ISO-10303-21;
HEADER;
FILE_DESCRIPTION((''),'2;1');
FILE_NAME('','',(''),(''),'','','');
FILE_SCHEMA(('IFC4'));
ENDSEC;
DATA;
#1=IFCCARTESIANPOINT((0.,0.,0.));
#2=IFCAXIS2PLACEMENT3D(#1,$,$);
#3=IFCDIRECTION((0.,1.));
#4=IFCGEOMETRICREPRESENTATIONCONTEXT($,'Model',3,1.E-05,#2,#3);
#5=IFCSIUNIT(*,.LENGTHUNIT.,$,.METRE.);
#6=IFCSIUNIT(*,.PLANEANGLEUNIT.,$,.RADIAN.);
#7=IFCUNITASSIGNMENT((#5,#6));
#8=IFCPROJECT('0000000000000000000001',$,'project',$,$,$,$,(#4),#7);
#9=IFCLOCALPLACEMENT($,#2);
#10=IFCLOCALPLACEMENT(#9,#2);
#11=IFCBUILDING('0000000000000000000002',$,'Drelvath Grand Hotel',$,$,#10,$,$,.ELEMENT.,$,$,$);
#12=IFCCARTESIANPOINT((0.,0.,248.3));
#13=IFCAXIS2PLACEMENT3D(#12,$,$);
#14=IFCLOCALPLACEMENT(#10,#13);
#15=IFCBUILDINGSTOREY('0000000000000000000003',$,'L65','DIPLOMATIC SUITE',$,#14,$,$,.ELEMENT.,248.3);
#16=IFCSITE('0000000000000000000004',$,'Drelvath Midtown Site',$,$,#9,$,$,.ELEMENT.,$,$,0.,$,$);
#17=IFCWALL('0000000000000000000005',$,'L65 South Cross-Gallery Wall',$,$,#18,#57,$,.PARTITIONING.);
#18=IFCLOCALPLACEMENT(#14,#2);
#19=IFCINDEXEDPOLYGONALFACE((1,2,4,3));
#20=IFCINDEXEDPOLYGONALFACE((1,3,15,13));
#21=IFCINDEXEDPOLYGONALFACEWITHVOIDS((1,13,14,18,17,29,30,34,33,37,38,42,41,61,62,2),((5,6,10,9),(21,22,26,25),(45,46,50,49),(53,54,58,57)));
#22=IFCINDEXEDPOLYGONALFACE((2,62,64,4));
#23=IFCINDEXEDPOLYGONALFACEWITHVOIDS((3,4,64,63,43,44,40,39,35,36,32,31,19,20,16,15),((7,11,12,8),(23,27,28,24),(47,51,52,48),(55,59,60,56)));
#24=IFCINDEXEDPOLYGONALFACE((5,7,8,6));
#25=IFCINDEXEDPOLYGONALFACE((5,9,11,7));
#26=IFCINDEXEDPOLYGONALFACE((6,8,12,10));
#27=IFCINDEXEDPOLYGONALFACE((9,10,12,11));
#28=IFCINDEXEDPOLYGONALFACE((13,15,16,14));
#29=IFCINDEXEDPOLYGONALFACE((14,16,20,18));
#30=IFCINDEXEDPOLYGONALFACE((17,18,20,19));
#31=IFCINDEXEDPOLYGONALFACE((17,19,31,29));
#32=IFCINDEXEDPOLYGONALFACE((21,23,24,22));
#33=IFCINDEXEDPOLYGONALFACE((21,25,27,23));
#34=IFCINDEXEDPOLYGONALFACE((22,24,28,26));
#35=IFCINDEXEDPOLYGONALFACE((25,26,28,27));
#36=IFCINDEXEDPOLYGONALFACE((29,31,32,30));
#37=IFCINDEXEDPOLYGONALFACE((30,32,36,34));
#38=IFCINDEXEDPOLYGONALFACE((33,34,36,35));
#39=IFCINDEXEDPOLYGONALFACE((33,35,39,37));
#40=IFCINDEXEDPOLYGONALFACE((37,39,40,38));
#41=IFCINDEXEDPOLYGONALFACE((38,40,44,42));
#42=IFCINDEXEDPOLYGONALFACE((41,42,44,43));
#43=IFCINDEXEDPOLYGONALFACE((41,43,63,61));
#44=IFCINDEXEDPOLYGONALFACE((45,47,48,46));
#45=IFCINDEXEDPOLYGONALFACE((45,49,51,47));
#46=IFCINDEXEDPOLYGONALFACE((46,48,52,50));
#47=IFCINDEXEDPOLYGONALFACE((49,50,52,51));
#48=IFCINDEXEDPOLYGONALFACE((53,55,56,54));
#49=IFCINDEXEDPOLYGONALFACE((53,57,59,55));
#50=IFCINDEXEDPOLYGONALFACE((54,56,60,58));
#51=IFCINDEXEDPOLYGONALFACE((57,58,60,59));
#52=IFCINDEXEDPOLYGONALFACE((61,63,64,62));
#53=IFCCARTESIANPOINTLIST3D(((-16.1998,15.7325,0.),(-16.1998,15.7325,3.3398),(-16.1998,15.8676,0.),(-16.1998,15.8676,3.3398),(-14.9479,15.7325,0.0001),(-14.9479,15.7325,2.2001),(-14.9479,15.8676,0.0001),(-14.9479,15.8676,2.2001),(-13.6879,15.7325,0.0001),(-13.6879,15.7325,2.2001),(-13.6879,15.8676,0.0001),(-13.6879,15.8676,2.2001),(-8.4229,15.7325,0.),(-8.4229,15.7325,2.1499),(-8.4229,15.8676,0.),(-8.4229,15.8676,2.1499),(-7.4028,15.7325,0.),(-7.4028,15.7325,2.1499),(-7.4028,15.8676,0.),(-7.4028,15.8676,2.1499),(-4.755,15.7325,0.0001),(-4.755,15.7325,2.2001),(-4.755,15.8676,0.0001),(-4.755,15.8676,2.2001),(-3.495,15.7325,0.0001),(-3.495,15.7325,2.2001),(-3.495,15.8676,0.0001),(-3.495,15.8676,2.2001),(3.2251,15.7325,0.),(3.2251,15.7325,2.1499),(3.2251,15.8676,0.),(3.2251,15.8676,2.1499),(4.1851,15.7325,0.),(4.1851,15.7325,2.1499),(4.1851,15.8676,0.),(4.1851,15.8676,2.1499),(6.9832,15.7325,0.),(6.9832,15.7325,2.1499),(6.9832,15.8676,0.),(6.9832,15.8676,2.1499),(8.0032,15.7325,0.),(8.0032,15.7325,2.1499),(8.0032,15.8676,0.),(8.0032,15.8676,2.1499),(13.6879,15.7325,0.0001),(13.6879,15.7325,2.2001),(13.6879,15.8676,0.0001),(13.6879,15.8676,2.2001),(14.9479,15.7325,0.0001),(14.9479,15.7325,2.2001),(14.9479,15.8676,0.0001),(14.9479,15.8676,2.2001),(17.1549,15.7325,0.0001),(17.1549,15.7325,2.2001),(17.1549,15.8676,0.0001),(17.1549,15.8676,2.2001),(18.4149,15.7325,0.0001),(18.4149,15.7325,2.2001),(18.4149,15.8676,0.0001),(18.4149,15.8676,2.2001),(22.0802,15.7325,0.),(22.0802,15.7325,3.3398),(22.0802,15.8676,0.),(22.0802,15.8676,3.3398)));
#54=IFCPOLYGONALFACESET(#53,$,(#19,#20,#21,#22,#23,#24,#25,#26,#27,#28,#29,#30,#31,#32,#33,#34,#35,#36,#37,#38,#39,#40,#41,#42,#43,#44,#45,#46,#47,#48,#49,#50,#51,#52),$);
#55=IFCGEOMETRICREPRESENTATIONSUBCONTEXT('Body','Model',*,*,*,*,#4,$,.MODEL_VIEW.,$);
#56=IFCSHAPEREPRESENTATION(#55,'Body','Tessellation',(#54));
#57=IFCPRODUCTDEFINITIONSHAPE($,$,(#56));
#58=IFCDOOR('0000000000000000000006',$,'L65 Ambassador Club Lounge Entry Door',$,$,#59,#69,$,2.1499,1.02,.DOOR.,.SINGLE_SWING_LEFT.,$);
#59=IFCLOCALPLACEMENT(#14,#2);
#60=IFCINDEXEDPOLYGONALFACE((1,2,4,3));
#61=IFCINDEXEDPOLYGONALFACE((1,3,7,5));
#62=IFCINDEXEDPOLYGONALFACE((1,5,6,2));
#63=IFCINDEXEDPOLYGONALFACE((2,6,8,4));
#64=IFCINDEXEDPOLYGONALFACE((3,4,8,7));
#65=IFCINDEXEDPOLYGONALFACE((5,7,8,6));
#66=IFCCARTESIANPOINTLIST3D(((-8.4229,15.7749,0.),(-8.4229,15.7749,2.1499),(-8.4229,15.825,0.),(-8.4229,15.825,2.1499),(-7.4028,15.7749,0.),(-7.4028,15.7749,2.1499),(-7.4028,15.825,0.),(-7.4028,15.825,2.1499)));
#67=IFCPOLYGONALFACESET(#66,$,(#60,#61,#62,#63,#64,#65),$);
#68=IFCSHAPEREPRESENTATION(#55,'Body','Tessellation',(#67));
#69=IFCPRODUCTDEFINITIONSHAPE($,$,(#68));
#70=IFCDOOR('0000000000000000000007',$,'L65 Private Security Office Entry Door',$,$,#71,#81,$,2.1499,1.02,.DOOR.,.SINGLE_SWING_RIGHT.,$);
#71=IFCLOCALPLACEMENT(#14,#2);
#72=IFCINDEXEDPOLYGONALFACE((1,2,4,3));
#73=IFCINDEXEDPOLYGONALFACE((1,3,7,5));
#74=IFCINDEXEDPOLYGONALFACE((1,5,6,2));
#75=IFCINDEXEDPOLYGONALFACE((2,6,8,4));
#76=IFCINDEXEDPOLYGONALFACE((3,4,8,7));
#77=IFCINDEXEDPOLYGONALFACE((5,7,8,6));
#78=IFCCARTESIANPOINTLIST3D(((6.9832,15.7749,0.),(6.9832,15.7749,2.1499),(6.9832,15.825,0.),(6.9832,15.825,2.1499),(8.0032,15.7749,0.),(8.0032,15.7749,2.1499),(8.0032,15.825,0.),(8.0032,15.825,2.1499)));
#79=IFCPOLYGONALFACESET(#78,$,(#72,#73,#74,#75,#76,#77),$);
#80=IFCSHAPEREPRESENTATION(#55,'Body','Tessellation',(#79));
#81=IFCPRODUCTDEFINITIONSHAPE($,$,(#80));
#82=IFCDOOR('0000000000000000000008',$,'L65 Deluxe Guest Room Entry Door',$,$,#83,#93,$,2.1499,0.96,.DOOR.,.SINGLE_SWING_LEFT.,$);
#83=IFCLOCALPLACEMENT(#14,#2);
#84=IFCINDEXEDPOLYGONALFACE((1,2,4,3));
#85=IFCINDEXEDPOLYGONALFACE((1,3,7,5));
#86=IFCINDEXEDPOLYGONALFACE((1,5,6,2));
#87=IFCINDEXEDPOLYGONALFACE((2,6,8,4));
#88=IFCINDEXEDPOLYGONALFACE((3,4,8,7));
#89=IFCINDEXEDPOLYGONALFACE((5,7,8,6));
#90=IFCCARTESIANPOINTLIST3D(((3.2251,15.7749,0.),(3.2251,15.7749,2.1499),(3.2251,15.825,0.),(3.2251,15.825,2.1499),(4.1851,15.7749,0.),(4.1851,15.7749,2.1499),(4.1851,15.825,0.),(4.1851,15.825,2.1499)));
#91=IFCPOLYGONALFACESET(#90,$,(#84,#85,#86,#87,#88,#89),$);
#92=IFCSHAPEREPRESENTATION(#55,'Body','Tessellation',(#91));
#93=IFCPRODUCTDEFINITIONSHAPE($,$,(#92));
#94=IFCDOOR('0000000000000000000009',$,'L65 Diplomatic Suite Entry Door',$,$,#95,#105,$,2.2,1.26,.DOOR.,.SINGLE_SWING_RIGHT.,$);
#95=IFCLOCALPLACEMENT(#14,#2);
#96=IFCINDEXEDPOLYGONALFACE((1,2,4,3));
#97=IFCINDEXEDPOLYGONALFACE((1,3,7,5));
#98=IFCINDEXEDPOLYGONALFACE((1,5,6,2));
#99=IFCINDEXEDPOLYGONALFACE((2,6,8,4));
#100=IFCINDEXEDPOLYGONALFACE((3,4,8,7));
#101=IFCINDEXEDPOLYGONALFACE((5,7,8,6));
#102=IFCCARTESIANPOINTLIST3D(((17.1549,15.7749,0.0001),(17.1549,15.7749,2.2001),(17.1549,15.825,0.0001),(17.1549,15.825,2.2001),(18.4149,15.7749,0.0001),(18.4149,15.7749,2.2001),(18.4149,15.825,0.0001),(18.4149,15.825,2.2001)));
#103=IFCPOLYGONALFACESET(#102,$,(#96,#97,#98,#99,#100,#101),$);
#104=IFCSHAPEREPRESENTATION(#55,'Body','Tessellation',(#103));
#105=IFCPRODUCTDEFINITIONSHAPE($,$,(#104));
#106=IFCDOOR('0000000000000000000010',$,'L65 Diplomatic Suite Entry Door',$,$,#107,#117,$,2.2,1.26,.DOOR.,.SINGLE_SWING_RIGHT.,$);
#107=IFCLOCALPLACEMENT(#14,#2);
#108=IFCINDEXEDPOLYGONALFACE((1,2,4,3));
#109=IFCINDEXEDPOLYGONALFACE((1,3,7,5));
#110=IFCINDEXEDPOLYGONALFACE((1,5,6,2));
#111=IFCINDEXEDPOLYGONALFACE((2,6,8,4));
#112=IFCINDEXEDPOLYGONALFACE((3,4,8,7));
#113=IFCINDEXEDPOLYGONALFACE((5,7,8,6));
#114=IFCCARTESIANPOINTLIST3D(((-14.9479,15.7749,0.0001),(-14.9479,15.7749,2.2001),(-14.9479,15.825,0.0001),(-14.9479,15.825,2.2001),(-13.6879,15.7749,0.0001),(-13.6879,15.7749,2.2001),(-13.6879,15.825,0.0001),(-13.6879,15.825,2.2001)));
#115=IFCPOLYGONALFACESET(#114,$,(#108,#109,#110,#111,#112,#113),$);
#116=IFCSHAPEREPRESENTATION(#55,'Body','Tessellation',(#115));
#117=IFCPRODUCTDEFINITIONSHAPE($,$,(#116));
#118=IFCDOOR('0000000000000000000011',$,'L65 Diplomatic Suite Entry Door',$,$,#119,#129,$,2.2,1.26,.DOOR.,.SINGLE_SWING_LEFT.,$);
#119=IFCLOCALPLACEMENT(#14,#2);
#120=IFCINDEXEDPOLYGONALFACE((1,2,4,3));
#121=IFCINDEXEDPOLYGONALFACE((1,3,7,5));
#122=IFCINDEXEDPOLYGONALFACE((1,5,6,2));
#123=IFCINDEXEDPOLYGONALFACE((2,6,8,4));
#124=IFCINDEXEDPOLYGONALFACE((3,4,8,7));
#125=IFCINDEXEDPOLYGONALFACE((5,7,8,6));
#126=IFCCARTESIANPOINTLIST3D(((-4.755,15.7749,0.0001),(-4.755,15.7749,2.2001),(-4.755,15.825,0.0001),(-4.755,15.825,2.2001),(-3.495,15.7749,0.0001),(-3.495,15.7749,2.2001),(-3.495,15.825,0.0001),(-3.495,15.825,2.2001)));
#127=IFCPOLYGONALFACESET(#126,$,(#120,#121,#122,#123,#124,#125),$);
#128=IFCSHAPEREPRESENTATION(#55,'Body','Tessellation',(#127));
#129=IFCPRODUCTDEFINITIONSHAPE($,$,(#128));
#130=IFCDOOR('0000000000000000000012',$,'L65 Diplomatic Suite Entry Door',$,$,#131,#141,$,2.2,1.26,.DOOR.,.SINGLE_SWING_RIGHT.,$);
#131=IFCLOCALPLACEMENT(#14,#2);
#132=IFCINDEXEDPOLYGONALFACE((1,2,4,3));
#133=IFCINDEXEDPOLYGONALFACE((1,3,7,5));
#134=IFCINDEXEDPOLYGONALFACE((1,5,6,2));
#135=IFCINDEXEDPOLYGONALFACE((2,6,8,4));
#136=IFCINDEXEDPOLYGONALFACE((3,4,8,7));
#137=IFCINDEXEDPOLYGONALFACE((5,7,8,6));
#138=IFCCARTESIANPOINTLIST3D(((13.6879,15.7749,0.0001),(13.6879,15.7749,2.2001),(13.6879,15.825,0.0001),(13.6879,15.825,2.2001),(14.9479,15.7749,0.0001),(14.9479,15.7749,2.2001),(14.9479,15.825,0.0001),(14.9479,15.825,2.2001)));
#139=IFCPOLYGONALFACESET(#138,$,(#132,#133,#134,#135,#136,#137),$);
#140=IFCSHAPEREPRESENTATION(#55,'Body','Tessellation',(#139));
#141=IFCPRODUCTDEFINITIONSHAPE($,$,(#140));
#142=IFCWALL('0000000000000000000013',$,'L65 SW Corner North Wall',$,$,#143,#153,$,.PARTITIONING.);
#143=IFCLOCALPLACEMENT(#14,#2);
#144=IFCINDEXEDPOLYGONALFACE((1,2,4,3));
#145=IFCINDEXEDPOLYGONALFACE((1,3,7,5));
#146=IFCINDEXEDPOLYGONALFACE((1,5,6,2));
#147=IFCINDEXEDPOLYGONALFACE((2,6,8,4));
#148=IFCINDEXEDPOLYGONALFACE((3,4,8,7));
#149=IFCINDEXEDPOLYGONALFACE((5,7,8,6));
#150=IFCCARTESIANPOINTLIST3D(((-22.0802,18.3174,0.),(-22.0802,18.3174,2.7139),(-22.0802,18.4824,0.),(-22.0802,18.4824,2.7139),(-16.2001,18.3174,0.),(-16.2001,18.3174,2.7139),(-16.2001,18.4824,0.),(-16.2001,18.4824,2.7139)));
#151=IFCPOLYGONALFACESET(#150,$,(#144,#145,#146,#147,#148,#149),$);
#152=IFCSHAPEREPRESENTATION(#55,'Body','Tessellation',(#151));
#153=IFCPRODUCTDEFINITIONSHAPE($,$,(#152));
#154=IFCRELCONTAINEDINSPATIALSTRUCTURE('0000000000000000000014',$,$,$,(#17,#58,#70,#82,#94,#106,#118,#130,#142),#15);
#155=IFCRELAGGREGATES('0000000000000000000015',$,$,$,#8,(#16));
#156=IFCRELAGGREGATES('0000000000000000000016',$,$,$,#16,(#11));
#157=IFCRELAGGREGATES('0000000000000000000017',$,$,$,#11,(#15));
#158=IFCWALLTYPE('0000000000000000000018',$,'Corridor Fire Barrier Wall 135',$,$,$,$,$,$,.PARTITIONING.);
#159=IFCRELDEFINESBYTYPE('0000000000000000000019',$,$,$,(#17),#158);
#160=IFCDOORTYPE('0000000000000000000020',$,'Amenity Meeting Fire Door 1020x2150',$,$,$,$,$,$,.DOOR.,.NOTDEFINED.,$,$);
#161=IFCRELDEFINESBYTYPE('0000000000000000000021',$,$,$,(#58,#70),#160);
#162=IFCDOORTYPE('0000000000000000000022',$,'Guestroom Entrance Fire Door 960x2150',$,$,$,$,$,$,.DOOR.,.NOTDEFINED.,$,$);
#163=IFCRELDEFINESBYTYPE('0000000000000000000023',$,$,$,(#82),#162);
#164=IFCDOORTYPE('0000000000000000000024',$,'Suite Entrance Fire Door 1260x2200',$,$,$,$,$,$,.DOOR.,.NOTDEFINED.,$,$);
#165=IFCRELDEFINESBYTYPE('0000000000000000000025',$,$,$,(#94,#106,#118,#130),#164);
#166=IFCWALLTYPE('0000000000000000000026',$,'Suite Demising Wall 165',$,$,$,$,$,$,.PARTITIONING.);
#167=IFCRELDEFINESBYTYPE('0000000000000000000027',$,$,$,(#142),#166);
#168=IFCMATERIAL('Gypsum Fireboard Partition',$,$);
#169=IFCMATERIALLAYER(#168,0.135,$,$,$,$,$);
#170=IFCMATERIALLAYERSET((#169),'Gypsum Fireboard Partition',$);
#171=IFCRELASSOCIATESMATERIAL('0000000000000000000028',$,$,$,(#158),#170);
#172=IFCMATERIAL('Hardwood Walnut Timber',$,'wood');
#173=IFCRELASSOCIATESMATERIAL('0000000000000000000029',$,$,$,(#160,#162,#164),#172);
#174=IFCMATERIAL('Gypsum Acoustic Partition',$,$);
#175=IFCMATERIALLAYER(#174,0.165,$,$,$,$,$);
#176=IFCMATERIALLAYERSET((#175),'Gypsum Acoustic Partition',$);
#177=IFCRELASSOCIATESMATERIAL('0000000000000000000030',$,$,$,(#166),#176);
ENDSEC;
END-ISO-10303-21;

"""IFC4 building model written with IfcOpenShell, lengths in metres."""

from ifc_helpers import new_model, si_unit, direction, frame, frame_2d, origin, place, context, subcontext, project, spatial, rectangle, extrude, material, layer, layer_set, type_object, element, fill, save


model = new_model("IFC4")

# Units and contexts
model_context = context("Model", 3, precision=1e-05, world=origin(), true_north=direction((0.0, 1.0)))
body_context = subcontext(model_context, "Body", "Model", "MODEL_VIEW")
ifc_project = project(units=[si_unit("LENGTHUNIT", "METRE"), si_unit("PLANEANGLEUNIT", "RADIAN")], contexts=[model_context])

# Site, building, storey
site_placement = place(None, origin())
site = spatial("IfcSite", under=ifc_project, at=site_placement, Name="Drelvath Midtown Site", CompositionType="ELEMENT", RefElevation=0.0)
building_placement = place(site_placement, origin())
building = spatial("IfcBuilding", under=site, at=building_placement, Name="Drelvath Grand Hotel", CompositionType="ELEMENT")
storey_placement = place(building_placement, frame((0.0, 0.0, 248.3)))
storey = spatial("IfcBuildingStorey", under=building, at=storey_placement, Name="L65", Description="DIPLOMATIC SUITE", CompositionType="ELEMENT", Elevation=248.3)

# Wall, openings, doors
ifc_material_1 = material(Name="Gypsum Fireboard Partition")
ifc_layer_1 = layer(ifc_material_1, 0.135)
ifc_layer_set_1 = layer_set([ifc_layer_1], Name="Gypsum Fireboard Partition")
wall_type_1 = type_object("IfcWallType", Name="Corridor Fire Barrier Wall 135", PredefinedType="PARTITIONING", material=ifc_layer_set_1)
wall_1_placement = place(storey_placement, frame((-16.2, 15.8, 0.0), z_axis=(0.0, 0.0, 1.0), x_axis=(1.0, 0.0, 0.0)))
wall_1 = element("IfcWall", 1, at=wall_1_placement, inside=storey, type_object=wall_type_1, Name="L65 South Cross-Gallery Wall", PredefinedType="PARTITIONING", context=body_context, shape_type="SweptSolid", body=[
    extrude(rectangle(XDim=38.28, YDim=0.135, at=frame_2d((19.1401, 0.0))), origin(), (0.0, 0.0, 1.0), 3.3398),
])
opening_1_placement = place(wall_1_placement, frame((33.355, 0.0, 0.0)))
opening_1 = element("IfcOpeningElement", 2, at=opening_1_placement, cuts=wall_1, PredefinedType="OPENING", context=body_context, shape_type="SweptSolid", body=[
    extrude(rectangle(XDim=1.26, YDim=2.2, at=frame_2d((0.6299, 1.1001))), frame((0.0, 0.0774, 0.0), z_axis=(0.0, -1.0, 0.0), x_axis=(1.0, 0.0, 0.0)), (0.0, 0.0, 1.0), 0.155),
])
opening_2_placement = place(wall_1_placement, frame((1.2522, 0.0, 0.0)))
opening_2 = element("IfcOpeningElement", 3, at=opening_2_placement, cuts=wall_1, PredefinedType="OPENING", context=body_context, shape_type="SweptSolid", body=[
    extrude(rectangle(XDim=1.26, YDim=2.2, at=frame_2d((0.6299, 1.1001))), frame((0.0, 0.0774, 0.0), z_axis=(0.0, -1.0, 0.0), x_axis=(1.0, 0.0, 0.0)), (0.0, 0.0, 1.0), 0.155),
])
opening_3_placement = place(wall_1_placement, frame((7.7771, 0.0, 0.0)))
opening_3 = element("IfcOpeningElement", 4, at=opening_3_placement, cuts=wall_1, PredefinedType="OPENING", context=body_context, shape_type="SweptSolid", body=[
    extrude(rectangle(XDim=1.02, YDim=2.1499, at=frame_2d((0.51, 1.075))), frame((0.0, 0.0774, 0.0), z_axis=(0.0, -1.0, 0.0), x_axis=(1.0, 0.0, 0.0)), (0.0, 0.0, 1.0), 0.155),
])
opening_4_placement = place(wall_1_placement, frame((11.4451, 0.0, 0.0)))
opening_4 = element("IfcOpeningElement", 5, at=opening_4_placement, cuts=wall_1, PredefinedType="OPENING", context=body_context, shape_type="SweptSolid", body=[
    extrude(rectangle(XDim=1.26, YDim=2.2, at=frame_2d((0.6299, 1.1001))), frame((0.0, 0.0774, 0.0), z_axis=(0.0, -1.0, 0.0), x_axis=(1.0, 0.0, 0.0)), (0.0, 0.0, 1.0), 0.155),
])
opening_5_placement = place(wall_1_placement, frame((19.425, 0.0, 0.0)))
opening_5 = element("IfcOpeningElement", 6, at=opening_5_placement, cuts=wall_1, PredefinedType="OPENING", context=body_context, shape_type="SweptSolid", body=[
    extrude(rectangle(XDim=0.96, YDim=2.1499, at=frame_2d((0.48, 1.075))), frame((0.0, 0.0774, 0.0), z_axis=(0.0, -1.0, 0.0), x_axis=(1.0, 0.0, 0.0)), (0.0, 0.0, 1.0), 0.155),
])
opening_6_placement = place(wall_1_placement, frame((23.1831, 0.0, 0.0)))
opening_6 = element("IfcOpeningElement", 7, at=opening_6_placement, cuts=wall_1, PredefinedType="OPENING", context=body_context, shape_type="SweptSolid", body=[
    extrude(rectangle(XDim=1.02, YDim=2.1499, at=frame_2d((0.51, 1.075))), frame((0.0, 0.0774, 0.0), z_axis=(0.0, -1.0, 0.0), x_axis=(1.0, 0.0, 0.0)), (0.0, 0.0, 1.0), 0.155),
])
opening_7_placement = place(wall_1_placement, frame((29.8879, 0.0, 0.0)))
opening_7 = element("IfcOpeningElement", 8, at=opening_7_placement, cuts=wall_1, PredefinedType="OPENING", context=body_context, shape_type="SweptSolid", body=[
    extrude(rectangle(XDim=1.26, YDim=2.2, at=frame_2d((0.6299, 1.1001))), frame((0.0, 0.0774, 0.0), z_axis=(0.0, -1.0, 0.0), x_axis=(1.0, 0.0, 0.0)), (0.0, 0.0, 1.0), 0.155),
])
ifc_material_2 = material(Name="Hardwood Walnut Timber", Category="wood")
door_type_1 = type_object("IfcDoorType", Name="Amenity Meeting Fire Door 1020x2150", OperationType="NOTDEFINED", PredefinedType="DOOR", material=ifc_material_2)
door_1_placement = place(opening_3_placement, origin())
door_1 = element("IfcDoor", 9, at=door_1_placement, inside=storey, type_object=door_type_1, Name="L65 Ambassador Club Lounge Entry Door", OperationType="SINGLE_SWING_LEFT", OverallHeight=2.1499, OverallWidth=1.02, PredefinedType="DOOR", context=body_context, shape_type="SweptSolid", body=[
    extrude(rectangle(XDim=1.02, YDim=2.1499, at=frame_2d((0.51, 1.075))), frame((0.0, 0.0249, 0.0), z_axis=(0.0, -1.0, 0.0), x_axis=(1.0, 0.0, 0.0)), (0.0, 0.0, 1.0), 0.05),
])
fill(opening_3, door_1)
door_2_placement = place(opening_6_placement, origin())
door_2 = element("IfcDoor", 10, at=door_2_placement, inside=storey, type_object=door_type_1, Name="L65 Private Security Office Entry Door", OperationType="SINGLE_SWING_RIGHT", OverallHeight=2.1499, OverallWidth=1.02, PredefinedType="DOOR", context=body_context, shape_type="SweptSolid", body=[
    extrude(rectangle(XDim=1.02, YDim=2.1499, at=frame_2d((0.51, 1.075))), frame((0.0, 0.0249, 0.0), z_axis=(0.0, -1.0, 0.0), x_axis=(1.0, 0.0, 0.0)), (0.0, 0.0, 1.0), 0.05),
])
fill(opening_6, door_2)
door_type_2 = type_object("IfcDoorType", Name="Guestroom Entrance Fire Door 960x2150", OperationType="NOTDEFINED", PredefinedType="DOOR", material=ifc_material_2)
door_3_placement = place(opening_5_placement, origin())
door_3 = element("IfcDoor", 11, at=door_3_placement, inside=storey, type_object=door_type_2, Name="L65 Deluxe Guest Room Entry Door", OperationType="SINGLE_SWING_LEFT", OverallHeight=2.1499, OverallWidth=0.96, PredefinedType="DOOR", context=body_context, shape_type="SweptSolid", body=[
    extrude(rectangle(XDim=0.96, YDim=2.1499, at=frame_2d((0.48, 1.075))), frame((0.0, 0.0249, 0.0), z_axis=(0.0, -1.0, 0.0), x_axis=(1.0, 0.0, 0.0)), (0.0, 0.0, 1.0), 0.05),
])
fill(opening_5, door_3)
door_type_3 = type_object("IfcDoorType", Name="Suite Entrance Fire Door 1260x2200", OperationType="NOTDEFINED", PredefinedType="DOOR", material=ifc_material_2)
door_4_placement = place(opening_1_placement, origin())
door_4 = element("IfcDoor", 12, at=door_4_placement, inside=storey, type_object=door_type_3, Name="L65 Diplomatic Suite Entry Door", OperationType="SINGLE_SWING_RIGHT", OverallHeight=2.2, OverallWidth=1.26, PredefinedType="DOOR", context=body_context, shape_type="SweptSolid", body=[
    extrude(rectangle(XDim=1.26, YDim=2.2, at=frame_2d((0.6299, 1.1001))), frame((0.0, 0.0249, 0.0), z_axis=(0.0, -1.0, 0.0), x_axis=(1.0, 0.0, 0.0)), (0.0, 0.0, 1.0), 0.05),
])
fill(opening_1, door_4)
door_5_placement = place(opening_2_placement, origin())
door_5 = element("IfcDoor", 13, at=door_5_placement, inside=storey, type_object=door_type_3, Name="L65 Diplomatic Suite Entry Door", OperationType="SINGLE_SWING_RIGHT", OverallHeight=2.2, OverallWidth=1.26, PredefinedType="DOOR", context=body_context, shape_type="SweptSolid", body=[
    extrude(rectangle(XDim=1.26, YDim=2.2, at=frame_2d((0.6299, 1.1001))), frame((0.0, 0.0249, 0.0), z_axis=(0.0, -1.0, 0.0), x_axis=(1.0, 0.0, 0.0)), (0.0, 0.0, 1.0), 0.05),
])
fill(opening_2, door_5)
door_6_placement = place(opening_4_placement, origin())
door_6 = element("IfcDoor", 14, at=door_6_placement, inside=storey, type_object=door_type_3, Name="L65 Diplomatic Suite Entry Door", OperationType="SINGLE_SWING_LEFT", OverallHeight=2.2, OverallWidth=1.26, PredefinedType="DOOR", context=body_context, shape_type="SweptSolid", body=[
    extrude(rectangle(XDim=1.26, YDim=2.2, at=frame_2d((0.6299, 1.1001))), frame((0.0, 0.0249, 0.0), z_axis=(0.0, -1.0, 0.0), x_axis=(1.0, 0.0, 0.0)), (0.0, 0.0, 1.0), 0.05),
])
fill(opening_4, door_6)
door_7_placement = place(opening_7_placement, origin())
door_7 = element("IfcDoor", 15, at=door_7_placement, inside=storey, type_object=door_type_3, Name="L65 Diplomatic Suite Entry Door", OperationType="SINGLE_SWING_RIGHT", OverallHeight=2.2, OverallWidth=1.26, PredefinedType="DOOR", context=body_context, shape_type="SweptSolid", body=[
    extrude(rectangle(XDim=1.26, YDim=2.2, at=frame_2d((0.6299, 1.1001))), frame((0.0, 0.0249, 0.0), z_axis=(0.0, -1.0, 0.0), x_axis=(1.0, 0.0, 0.0)), (0.0, 0.0, 1.0), 0.05),
])
fill(opening_7, door_7)

# Wall
ifc_material_3 = material(Name="Gypsum Acoustic Partition")
ifc_layer_2 = layer(ifc_material_3, 0.165)
ifc_layer_set_2 = layer_set([ifc_layer_2], Name="Gypsum Acoustic Partition")
wall_type_2 = type_object("IfcWallType", Name="Suite Demising Wall 165", PredefinedType="PARTITIONING", material=ifc_layer_set_2)
wall_2_placement = place(storey_placement, frame((-22.0801, 18.3999, 0.0), z_axis=(0.0, 0.0, 1.0), x_axis=(1.0, 0.0, 0.0)))
element("IfcWall", 16, at=wall_2_placement, inside=storey, type_object=wall_type_2, Name="L65 SW Corner North Wall", PredefinedType="PARTITIONING", context=body_context, shape_type="SweptSolid", body=[
    extrude(rectangle(XDim=5.8801, YDim=0.165, at=frame_2d((2.9399, 0.0))), origin(), (0.0, 0.0, 1.0), 2.7139),
])

save(model, "model.ifc")
